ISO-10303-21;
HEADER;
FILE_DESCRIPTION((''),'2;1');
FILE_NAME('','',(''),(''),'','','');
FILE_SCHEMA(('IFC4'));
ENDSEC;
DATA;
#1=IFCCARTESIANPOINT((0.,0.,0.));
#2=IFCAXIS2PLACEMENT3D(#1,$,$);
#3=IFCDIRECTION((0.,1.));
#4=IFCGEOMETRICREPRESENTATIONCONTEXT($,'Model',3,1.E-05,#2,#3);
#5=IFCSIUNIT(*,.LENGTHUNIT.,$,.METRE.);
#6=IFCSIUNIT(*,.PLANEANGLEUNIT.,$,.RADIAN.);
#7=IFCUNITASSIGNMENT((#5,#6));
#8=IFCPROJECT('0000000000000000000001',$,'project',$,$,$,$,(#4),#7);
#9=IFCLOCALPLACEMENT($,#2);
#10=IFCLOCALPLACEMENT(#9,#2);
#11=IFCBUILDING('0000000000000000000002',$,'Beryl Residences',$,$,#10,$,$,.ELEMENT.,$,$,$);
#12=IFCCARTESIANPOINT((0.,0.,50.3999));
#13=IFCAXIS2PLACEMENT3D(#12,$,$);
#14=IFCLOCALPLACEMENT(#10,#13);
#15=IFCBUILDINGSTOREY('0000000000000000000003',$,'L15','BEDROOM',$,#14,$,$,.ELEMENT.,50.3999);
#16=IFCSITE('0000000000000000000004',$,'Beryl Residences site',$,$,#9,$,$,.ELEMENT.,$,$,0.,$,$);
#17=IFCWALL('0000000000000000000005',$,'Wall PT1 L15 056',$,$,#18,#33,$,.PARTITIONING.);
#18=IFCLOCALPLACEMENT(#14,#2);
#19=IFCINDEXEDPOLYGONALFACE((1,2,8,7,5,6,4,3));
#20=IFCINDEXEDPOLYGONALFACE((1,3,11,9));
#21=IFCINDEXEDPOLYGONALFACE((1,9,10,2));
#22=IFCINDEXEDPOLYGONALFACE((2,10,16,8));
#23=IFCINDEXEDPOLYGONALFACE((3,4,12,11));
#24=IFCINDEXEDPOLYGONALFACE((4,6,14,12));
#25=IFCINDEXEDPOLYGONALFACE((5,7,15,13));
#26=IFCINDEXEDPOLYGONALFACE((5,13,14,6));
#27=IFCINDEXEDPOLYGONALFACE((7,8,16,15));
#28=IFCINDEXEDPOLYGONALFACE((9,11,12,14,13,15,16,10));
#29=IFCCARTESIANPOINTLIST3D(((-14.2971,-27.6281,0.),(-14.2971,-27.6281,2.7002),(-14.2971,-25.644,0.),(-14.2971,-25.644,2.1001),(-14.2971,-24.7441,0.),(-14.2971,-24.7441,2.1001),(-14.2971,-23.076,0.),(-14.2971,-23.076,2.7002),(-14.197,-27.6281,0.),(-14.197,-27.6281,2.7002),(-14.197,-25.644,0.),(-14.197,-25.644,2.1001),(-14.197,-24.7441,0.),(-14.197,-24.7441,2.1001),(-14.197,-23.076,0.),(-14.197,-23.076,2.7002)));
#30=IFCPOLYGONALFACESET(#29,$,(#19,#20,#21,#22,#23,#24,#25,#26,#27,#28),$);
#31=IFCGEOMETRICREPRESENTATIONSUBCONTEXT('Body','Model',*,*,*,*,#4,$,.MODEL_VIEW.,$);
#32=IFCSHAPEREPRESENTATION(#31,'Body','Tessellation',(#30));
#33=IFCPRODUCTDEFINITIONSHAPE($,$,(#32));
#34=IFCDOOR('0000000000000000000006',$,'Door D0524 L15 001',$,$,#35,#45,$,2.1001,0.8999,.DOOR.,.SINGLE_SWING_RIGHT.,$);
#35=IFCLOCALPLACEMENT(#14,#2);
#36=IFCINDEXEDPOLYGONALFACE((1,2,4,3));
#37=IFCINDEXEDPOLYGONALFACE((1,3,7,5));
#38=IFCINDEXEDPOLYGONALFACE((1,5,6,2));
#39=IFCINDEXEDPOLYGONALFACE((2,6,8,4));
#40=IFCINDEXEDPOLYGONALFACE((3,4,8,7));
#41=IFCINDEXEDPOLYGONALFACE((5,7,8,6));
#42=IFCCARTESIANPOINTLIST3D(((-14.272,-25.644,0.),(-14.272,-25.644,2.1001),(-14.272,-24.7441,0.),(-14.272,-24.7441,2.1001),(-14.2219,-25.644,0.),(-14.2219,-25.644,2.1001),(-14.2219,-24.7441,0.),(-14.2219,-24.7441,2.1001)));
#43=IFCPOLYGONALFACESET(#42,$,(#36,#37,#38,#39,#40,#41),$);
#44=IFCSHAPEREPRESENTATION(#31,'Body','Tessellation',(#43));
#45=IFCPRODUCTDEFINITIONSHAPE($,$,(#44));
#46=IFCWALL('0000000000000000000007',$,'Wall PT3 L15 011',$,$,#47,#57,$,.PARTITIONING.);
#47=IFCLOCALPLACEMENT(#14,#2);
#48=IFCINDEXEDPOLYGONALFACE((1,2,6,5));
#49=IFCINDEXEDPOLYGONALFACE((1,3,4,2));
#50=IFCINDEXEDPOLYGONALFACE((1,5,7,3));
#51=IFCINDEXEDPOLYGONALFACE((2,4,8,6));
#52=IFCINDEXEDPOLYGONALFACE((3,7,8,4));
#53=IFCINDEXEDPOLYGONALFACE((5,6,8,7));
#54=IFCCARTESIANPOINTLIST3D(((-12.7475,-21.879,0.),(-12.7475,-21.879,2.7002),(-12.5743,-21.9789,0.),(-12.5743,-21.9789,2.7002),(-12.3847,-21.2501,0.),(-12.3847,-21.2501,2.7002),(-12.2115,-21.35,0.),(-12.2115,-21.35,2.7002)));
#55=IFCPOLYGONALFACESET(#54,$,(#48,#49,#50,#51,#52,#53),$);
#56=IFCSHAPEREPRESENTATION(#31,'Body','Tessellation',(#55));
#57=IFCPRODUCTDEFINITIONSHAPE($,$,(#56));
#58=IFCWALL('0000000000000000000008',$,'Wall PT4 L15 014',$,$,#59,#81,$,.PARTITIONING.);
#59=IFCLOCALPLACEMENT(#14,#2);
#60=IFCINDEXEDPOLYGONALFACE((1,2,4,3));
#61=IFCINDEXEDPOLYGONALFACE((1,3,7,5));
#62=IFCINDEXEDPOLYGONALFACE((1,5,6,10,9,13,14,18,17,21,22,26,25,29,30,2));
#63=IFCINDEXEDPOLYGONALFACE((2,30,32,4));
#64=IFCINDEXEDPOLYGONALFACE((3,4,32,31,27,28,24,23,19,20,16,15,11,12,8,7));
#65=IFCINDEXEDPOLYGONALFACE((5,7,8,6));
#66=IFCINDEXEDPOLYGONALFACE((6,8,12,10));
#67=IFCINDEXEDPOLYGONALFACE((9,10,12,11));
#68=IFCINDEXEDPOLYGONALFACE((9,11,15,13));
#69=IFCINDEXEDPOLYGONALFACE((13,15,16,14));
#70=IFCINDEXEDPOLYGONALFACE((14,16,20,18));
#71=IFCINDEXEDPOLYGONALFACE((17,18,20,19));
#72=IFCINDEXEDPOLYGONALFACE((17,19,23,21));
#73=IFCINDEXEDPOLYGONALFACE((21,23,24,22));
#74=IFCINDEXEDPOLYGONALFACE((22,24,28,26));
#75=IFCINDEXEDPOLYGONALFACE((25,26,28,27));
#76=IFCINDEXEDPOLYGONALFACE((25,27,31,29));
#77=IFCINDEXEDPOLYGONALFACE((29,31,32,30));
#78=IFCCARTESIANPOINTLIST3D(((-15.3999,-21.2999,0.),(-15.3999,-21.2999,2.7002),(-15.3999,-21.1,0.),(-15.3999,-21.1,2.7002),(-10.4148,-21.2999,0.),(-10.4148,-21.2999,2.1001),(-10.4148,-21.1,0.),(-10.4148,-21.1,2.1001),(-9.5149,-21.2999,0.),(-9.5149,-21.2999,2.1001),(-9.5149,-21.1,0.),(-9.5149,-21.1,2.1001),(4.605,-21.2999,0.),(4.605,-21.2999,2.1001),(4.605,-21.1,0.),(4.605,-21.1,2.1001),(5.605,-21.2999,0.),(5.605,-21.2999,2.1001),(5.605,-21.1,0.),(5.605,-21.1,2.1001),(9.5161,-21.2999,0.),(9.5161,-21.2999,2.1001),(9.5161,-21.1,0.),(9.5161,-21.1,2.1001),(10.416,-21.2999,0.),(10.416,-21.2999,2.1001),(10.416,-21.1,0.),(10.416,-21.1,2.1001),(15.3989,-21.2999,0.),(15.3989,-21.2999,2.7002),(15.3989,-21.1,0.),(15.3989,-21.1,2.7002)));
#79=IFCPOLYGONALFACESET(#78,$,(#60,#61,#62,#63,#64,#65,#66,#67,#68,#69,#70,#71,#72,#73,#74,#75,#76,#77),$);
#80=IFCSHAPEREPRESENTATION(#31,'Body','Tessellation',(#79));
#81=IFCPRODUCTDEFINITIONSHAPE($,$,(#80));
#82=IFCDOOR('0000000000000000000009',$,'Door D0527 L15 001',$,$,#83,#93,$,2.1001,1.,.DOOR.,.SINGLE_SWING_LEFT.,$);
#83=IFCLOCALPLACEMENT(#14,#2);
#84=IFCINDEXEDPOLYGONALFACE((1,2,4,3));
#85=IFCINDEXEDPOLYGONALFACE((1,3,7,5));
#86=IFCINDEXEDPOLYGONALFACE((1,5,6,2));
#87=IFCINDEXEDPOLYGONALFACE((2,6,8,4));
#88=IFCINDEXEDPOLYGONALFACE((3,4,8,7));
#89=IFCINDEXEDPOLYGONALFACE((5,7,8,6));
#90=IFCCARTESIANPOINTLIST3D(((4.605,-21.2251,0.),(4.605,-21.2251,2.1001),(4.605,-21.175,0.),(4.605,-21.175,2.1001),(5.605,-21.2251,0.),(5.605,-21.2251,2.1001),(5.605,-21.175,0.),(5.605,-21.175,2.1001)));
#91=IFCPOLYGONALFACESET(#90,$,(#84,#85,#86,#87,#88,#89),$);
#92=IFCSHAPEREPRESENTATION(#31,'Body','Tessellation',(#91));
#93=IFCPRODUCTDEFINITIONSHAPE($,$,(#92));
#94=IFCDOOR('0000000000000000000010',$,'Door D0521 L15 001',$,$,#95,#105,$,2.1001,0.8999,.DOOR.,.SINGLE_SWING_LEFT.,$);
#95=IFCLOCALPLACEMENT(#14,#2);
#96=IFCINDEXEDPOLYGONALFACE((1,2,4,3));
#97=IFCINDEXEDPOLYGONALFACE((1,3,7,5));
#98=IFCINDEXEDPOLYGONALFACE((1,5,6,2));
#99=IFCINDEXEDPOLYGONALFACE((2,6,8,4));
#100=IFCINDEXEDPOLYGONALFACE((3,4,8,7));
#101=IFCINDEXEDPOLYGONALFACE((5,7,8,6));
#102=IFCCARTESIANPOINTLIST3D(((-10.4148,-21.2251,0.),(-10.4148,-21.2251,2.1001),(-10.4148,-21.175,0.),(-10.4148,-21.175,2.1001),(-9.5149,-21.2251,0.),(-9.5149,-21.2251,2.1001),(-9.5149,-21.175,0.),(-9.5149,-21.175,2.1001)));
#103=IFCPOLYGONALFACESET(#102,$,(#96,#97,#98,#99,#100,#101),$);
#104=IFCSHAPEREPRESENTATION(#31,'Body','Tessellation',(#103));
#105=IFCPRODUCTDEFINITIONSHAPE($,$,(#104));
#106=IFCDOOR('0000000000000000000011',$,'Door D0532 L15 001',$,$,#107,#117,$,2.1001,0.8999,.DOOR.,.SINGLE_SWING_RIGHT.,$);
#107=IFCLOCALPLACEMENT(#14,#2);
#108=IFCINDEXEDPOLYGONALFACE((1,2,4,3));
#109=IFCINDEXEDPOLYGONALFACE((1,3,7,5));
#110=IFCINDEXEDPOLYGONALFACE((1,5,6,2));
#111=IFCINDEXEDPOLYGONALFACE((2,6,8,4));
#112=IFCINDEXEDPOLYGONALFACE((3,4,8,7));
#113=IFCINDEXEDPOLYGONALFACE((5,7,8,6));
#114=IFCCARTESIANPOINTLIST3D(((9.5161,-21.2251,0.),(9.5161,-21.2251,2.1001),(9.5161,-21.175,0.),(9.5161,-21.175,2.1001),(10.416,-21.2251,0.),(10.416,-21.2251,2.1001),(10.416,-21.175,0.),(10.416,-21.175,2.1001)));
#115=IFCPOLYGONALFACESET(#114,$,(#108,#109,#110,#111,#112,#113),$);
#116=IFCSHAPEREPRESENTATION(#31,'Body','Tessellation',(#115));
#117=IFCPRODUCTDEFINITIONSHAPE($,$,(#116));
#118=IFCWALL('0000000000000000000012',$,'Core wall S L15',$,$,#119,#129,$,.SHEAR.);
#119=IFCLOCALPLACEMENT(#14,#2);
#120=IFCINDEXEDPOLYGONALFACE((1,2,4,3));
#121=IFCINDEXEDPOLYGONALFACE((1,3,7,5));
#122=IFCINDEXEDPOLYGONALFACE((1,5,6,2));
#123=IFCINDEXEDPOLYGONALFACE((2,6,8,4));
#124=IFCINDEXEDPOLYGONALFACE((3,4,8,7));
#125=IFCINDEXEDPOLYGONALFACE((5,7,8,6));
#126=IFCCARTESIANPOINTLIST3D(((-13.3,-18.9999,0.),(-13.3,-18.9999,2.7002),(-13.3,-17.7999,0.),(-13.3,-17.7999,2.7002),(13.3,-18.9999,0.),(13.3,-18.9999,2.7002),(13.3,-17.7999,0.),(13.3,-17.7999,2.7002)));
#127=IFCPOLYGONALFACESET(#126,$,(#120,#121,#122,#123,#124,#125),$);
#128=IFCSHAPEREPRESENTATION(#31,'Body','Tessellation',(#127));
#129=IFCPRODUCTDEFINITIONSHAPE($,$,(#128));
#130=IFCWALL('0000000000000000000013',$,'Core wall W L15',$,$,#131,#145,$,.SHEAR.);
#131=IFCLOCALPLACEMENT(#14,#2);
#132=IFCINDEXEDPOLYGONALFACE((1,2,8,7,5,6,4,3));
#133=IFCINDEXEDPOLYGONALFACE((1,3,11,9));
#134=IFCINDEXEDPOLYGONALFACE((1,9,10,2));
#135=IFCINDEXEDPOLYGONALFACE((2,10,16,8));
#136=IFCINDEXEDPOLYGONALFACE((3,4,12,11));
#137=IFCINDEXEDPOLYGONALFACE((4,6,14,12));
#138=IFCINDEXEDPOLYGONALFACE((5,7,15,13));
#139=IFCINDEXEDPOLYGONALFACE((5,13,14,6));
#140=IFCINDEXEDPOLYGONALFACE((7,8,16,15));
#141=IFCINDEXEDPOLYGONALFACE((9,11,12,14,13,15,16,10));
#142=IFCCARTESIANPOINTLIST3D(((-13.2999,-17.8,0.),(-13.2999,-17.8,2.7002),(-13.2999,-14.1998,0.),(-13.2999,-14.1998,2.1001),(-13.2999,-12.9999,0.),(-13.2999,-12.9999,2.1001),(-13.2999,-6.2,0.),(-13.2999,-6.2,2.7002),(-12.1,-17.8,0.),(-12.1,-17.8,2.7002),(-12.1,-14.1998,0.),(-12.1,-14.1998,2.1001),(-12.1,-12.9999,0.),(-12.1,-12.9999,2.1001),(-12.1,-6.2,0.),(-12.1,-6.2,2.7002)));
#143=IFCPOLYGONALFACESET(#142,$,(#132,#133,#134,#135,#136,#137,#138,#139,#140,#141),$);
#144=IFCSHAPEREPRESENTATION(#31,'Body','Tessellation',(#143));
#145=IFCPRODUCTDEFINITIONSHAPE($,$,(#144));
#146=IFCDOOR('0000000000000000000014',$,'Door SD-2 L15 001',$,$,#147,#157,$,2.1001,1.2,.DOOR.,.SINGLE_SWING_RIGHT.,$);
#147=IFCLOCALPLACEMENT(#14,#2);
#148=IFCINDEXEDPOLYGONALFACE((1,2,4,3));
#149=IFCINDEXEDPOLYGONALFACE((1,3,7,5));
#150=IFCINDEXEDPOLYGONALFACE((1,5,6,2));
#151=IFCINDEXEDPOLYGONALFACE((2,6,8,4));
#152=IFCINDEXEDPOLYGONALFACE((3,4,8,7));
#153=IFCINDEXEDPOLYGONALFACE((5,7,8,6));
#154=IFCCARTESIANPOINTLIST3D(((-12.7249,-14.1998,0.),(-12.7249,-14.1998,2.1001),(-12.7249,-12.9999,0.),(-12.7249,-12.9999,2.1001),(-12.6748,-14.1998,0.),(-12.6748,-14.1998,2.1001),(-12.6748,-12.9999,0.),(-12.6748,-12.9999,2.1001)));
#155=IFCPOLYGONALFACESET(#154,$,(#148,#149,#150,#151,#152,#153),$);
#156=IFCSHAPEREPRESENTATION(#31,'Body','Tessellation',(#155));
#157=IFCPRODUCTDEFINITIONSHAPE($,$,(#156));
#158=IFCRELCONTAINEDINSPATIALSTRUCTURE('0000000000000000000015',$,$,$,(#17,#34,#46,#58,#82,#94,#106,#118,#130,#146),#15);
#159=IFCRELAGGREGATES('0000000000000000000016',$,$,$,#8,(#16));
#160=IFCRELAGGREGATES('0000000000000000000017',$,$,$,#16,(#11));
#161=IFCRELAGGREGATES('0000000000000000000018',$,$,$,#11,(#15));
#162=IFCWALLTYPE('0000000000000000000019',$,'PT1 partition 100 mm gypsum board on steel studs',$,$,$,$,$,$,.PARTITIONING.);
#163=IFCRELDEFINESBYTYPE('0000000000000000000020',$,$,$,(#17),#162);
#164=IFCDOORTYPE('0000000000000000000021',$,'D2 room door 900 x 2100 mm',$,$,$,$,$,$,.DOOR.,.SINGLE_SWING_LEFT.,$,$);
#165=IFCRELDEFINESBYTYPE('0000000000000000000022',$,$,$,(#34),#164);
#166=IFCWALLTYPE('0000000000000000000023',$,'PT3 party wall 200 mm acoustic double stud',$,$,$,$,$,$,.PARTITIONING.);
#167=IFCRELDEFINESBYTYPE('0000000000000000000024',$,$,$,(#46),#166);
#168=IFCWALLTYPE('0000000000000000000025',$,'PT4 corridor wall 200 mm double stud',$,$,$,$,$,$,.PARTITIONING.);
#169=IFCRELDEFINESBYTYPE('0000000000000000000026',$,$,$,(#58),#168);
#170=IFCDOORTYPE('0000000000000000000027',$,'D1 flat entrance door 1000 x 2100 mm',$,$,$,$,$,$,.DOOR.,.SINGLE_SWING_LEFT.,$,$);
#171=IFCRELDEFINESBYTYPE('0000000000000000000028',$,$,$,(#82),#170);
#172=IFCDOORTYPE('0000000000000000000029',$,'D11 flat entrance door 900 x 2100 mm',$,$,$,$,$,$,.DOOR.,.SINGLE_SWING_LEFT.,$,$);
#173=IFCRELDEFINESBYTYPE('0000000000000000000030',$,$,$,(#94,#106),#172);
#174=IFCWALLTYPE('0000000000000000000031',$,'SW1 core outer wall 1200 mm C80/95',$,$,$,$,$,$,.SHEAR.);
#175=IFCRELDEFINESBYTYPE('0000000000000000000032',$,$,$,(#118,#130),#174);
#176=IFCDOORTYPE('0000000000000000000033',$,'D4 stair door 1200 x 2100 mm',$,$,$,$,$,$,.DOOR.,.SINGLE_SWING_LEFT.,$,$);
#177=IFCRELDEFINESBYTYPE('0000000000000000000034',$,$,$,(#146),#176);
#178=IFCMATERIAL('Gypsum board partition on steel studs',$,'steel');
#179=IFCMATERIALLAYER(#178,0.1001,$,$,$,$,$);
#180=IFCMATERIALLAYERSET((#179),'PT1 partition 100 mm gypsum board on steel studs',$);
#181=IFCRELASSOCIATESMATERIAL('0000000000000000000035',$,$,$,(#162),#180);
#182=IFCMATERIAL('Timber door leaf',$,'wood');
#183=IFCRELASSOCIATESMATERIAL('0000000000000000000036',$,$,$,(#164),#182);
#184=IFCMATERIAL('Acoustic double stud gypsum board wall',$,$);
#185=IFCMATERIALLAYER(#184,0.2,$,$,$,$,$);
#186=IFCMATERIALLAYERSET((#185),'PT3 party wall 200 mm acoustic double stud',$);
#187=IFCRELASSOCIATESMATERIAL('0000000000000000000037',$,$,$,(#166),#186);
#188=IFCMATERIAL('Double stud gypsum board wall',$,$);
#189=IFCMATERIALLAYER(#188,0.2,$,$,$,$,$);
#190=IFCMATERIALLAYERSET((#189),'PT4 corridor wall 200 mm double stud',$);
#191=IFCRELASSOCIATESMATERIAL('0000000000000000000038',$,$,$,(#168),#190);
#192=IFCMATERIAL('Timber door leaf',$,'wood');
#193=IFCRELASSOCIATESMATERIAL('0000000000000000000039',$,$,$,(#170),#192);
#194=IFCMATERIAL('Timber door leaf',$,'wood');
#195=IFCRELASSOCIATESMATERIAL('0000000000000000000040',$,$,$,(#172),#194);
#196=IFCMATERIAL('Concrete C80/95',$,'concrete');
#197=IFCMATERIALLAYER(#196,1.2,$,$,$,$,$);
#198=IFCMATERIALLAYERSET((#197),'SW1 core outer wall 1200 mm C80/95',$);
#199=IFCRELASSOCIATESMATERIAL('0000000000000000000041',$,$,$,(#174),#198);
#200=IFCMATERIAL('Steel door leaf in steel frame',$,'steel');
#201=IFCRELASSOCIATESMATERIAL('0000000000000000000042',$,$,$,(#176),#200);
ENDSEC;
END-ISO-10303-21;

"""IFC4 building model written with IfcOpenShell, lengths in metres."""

from ifc_helpers import new_model, si_unit, direction, frame, frame_2d, origin, place, context, subcontext, project, spatial, rectangle, extrude, material, layer, layer_set, type_object, element, fill, save


model = new_model("IFC4")

# Units and contexts
model_context = context("Model", 3, precision=1e-05, world=origin(), true_north=direction((0.0, 1.0)))
body_context = subcontext(model_context, "Body", "Model", "MODEL_VIEW")
ifc_project = project(units=[si_unit("LENGTHUNIT", "METRE"), si_unit("PLANEANGLEUNIT", "RADIAN")], contexts=[model_context])

# Site, building, storey
site_placement = place(None, origin())
site = spatial("IfcSite", under=ifc_project, at=site_placement, Name="Beryl Residences site", CompositionType="ELEMENT", RefElevation=0.0)
building_placement = place(site_placement, origin())
building = spatial("IfcBuilding", under=site, at=building_placement, Name="Beryl Residences", CompositionType="ELEMENT")
storey_placement = place(building_placement, frame((0.0, 0.0, 50.3999)))
storey = spatial("IfcBuildingStorey", under=building, at=storey_placement, Name="L15", Description="BEDROOM", CompositionType="ELEMENT", Elevation=50.3999)

# Shared definitions
ifc_material_1 = material(Name="Gypsum board partition on steel studs", Category="steel")
ifc_layer_1 = layer(ifc_material_1, 0.1001)
ifc_layer_set_1 = layer_set([ifc_layer_1], Name="PT1 partition 100 mm gypsum board on steel studs")
wall_type_1 = type_object("IfcWallType", Name="PT1 partition 100 mm gypsum board on steel studs", PredefinedType="PARTITIONING", material=ifc_layer_set_1)

# Wall, opening, door
wall_1_placement = place(storey_placement, frame((-14.2471, -27.6279, 0.0), z_axis=(0.0, 0.0, 1.0), x_axis=(0.0, 1.0, 0.0)))
wall_1 = element("IfcWall", 1, at=wall_1_placement, inside=storey, type_object=wall_type_1, Name="Wall PT1 L15 056", PredefinedType="PARTITIONING", context=body_context, shape_type="SweptSolid", body=[
    extrude(rectangle(XDim=4.552, YDim=0.1001, at=frame_2d((2.2759, 0.0))), origin(), (0.0, 0.0, 1.0), 2.7002),
])
opening_1_placement = place(wall_1_placement, frame((1.9839, 0.0, 0.0)))
opening_1 = element("IfcOpeningElement", 2, at=opening_1_placement, cuts=wall_1, PredefinedType="OPENING", context=body_context, shape_type="SweptSolid", body=[
    extrude(rectangle(XDim=0.8999, YDim=2.1001, at=frame_2d((0.45, 1.05))), frame((0.0, 0.0601, 0.0), z_axis=(0.0, -1.0, 0.0), x_axis=(1.0, 0.0, 0.0)), (0.0, 0.0, 1.0), 0.1201),
])
ifc_material_2 = material(Name="Timber door leaf", Category="wood")
door_type_1 = type_object("IfcDoorType", Name="D2 room door 900 x 2100 mm", OperationType="SINGLE_SWING_LEFT", PredefinedType="DOOR", material=ifc_material_2)
door_1_placement = place(opening_1_placement, origin())
door_1 = element("IfcDoor", 3, at=door_1_placement, inside=storey, type_object=door_type_1, Name="Door D0524 L15 001", OperationType="SINGLE_SWING_RIGHT", OverallHeight=2.1001, OverallWidth=0.8999, PredefinedType="DOOR", context=body_context, shape_type="SweptSolid", body=[
    extrude(rectangle(XDim=0.8999, YDim=2.1001, at=frame_2d((0.45, 1.05))), frame((0.0, 0.0249, 0.0), z_axis=(0.0, -1.0, 0.0), x_axis=(1.0, 0.0, 0.0)), (0.0, 0.0, 1.0), 0.05),
])
fill(opening_1, door_1)

# Wall
ifc_material_3 = material(Name="Acoustic double stud gypsum board wall")
ifc_layer_2 = layer(ifc_material_3, 0.2)
ifc_layer_set_2 = layer_set([ifc_layer_2], Name="PT3 party wall 200 mm acoustic double stud")
wall_type_2 = type_object("IfcWallType", Name="PT3 party wall 200 mm acoustic double stud", PredefinedType="PARTITIONING", material=ifc_layer_set_2)
wall_2_placement = place(storey_placement, frame((-12.6609, -21.929, 0.0), z_axis=(0.0, 0.0, 1.0), x_axis=(0.499684, 0.866208, 0.0)))
element("IfcWall", 4, at=wall_2_placement, inside=storey, type_object=wall_type_2, Name="Wall PT3 L15 011", PredefinedType="PARTITIONING", context=body_context, shape_type="SweptSolid", body=[
    extrude(rectangle(XDim=0.7261, YDim=0.2, at=frame_2d((0.363, 0.0))), origin(), (0.0, 0.0, 1.0), 2.7002),
])

# Wall, openings, doors
ifc_material_4 = material(Name="Double stud gypsum board wall")
ifc_layer_3 = layer(ifc_material_4, 0.2)
ifc_layer_set_3 = layer_set([ifc_layer_3], Name="PT4 corridor wall 200 mm double stud")
wall_type_3 = type_object("IfcWallType", Name="PT4 corridor wall 200 mm double stud", PredefinedType="PARTITIONING", material=ifc_layer_set_3)
wall_3_placement = place(storey_placement, frame((-15.3999, -21.2, 0.0), z_axis=(0.0, 0.0, 1.0), x_axis=(1.0, 0.0, 0.0)))
wall_3 = element("IfcWall", 5, at=wall_3_placement, inside=storey, type_object=wall_type_3, Name="Wall PT4 L15 014", PredefinedType="PARTITIONING", context=body_context, shape_type="SweptSolid", body=[
    extrude(rectangle(XDim=30.7988, YDim=0.2, at=frame_2d((15.3994, 0.0))), origin(), (0.0, 0.0, 1.0), 2.7002),
])
opening_2_placement = place(wall_3_placement, frame((4.9851, 0.0, 0.0)))
opening_2 = element("IfcOpeningElement", 6, at=opening_2_placement, cuts=wall_3, PredefinedType="OPENING", context=body_context, shape_type="SweptSolid", body=[
    extrude(rectangle(XDim=0.8999, YDim=2.1001, at=frame_2d((0.45, 1.05))), frame((0.0, 0.1099, 0.0), z_axis=(0.0, -1.0, 0.0), x_axis=(1.0, 0.0, 0.0)), (0.0, 0.0, 1.0), 0.22),
])
opening_3_placement = place(wall_3_placement, frame((20.0049, 0.0, 0.0)))
opening_3 = element("IfcOpeningElement", 7, at=opening_3_placement, cuts=wall_3, PredefinedType="OPENING", context=body_context, shape_type="SweptSolid", body=[
    extrude(rectangle(XDim=1.0, YDim=2.1001, at=frame_2d((0.5, 1.05))), frame((0.0, 0.1099, 0.0), z_axis=(0.0, -1.0, 0.0), x_axis=(1.0, 0.0, 0.0)), (0.0, 0.0, 1.0), 0.22),
])
opening_4_placement = place(wall_3_placement, frame((24.916, 0.0, 0.0)))
opening_4 = element("IfcOpeningElement", 8, at=opening_4_placement, cuts=wall_3, PredefinedType="OPENING", context=body_context, shape_type="SweptSolid", body=[
    extrude(rectangle(XDim=0.8999, YDim=2.1001, at=frame_2d((0.45, 1.05))), frame((0.0, 0.1099, 0.0), z_axis=(0.0, -1.0, 0.0), x_axis=(1.0, 0.0, 0.0)), (0.0, 0.0, 1.0), 0.22),
])
ifc_material_5 = material(Name="Timber door leaf", Category="wood")
door_type_2 = type_object("IfcDoorType", Name="D1 flat entrance door 1000 x 2100 mm", OperationType="SINGLE_SWING_LEFT", PredefinedType="DOOR", material=ifc_material_5)
door_2_placement = place(opening_3_placement, origin())
door_2 = element("IfcDoor", 9, at=door_2_placement, inside=storey, type_object=door_type_2, Name="Door D0527 L15 001", OperationType="SINGLE_SWING_LEFT", OverallHeight=2.1001, OverallWidth=1.0, PredefinedType="DOOR", context=body_context, shape_type="SweptSolid", body=[
    extrude(rectangle(XDim=1.0, YDim=2.1001, at=frame_2d((0.5, 1.05))), frame((0.0, 0.0249, 0.0), z_axis=(0.0, -1.0, 0.0), x_axis=(1.0, 0.0, 0.0)), (0.0, 0.0, 1.0), 0.05),
])
fill(opening_3, door_2)
ifc_material_6 = material(Name="Timber door leaf", Category="wood")
door_type_3 = type_object("IfcDoorType", Name="D11 flat entrance door 900 x 2100 mm", OperationType="SINGLE_SWING_LEFT", PredefinedType="DOOR", material=ifc_material_6)
door_3_placement = place(opening_2_placement, origin())
door_3 = element("IfcDoor", 10, at=door_3_placement, inside=storey, type_object=door_type_3, Name="Door D0521 L15 001", OperationType="SINGLE_SWING_LEFT", OverallHeight=2.1001, OverallWidth=0.8999, PredefinedType="DOOR", context=body_context, shape_type="SweptSolid", body=[
    extrude(rectangle(XDim=0.8999, YDim=2.1001, at=frame_2d((0.45, 1.05))), frame((0.0, 0.0249, 0.0), z_axis=(0.0, -1.0, 0.0), x_axis=(1.0, 0.0, 0.0)), (0.0, 0.0, 1.0), 0.05),
])
fill(opening_2, door_3)
door_4_placement = place(opening_4_placement, origin())
door_4 = element("IfcDoor", 11, at=door_4_placement, inside=storey, type_object=door_type_3, Name="Door D0532 L15 001", OperationType="SINGLE_SWING_RIGHT", OverallHeight=2.1001, OverallWidth=0.8999, PredefinedType="DOOR", context=body_context, shape_type="SweptSolid", body=[
    extrude(rectangle(XDim=0.8999, YDim=2.1001, at=frame_2d((0.45, 1.05))), frame((0.0, 0.0249, 0.0), z_axis=(0.0, -1.0, 0.0), x_axis=(1.0, 0.0, 0.0)), (0.0, 0.0, 1.0), 0.05),
])
fill(opening_4, door_4)

# Wall
ifc_material_7 = material(Name="Concrete C80/95", Category="concrete")
ifc_layer_4 = layer(ifc_material_7, 1.2)
ifc_layer_set_4 = layer_set([ifc_layer_4], Name="SW1 core outer wall 1200 mm C80/95")
wall_type_4 = type_object("IfcWallType", Name="SW1 core outer wall 1200 mm C80/95", PredefinedType="SHEAR", material=ifc_layer_set_4)
wall_4_placement = place(storey_placement, frame((-13.3, -18.3999, 0.0), z_axis=(0.0, 0.0, 1.0), x_axis=(1.0, 0.0, 0.0)))
element("IfcWall", 12, at=wall_4_placement, inside=storey, type_object=wall_type_4, Name="Core wall S L15", PredefinedType="SHEAR", context=body_context, shape_type="SweptSolid", body=[
    extrude(rectangle(XDim=26.6001, YDim=1.2, at=frame_2d((13.3, 0.0))), origin(), (0.0, 0.0, 1.0), 2.7002),
])

# Wall, opening, door
wall_5_placement = place(storey_placement, frame((-12.7, -17.8, 0.0), z_axis=(0.0, 0.0, 1.0), x_axis=(0.0, 1.0, 0.0)))
wall_5 = element("IfcWall", 13, at=wall_5_placement, inside=storey, type_object=wall_type_4, Name="Core wall W L15", PredefinedType="SHEAR", context=body_context, shape_type="SweptSolid", body=[
    extrude(rectangle(XDim=11.6001, YDim=1.2, at=frame_2d((5.8, 0.0))), origin(), (0.0, 0.0, 1.0), 2.7002),
])
opening_5_placement = place(wall_5_placement, frame((3.6001, 0.0, 0.0)))
opening_5 = element("IfcOpeningElement", 14, at=opening_5_placement, cuts=wall_5, PredefinedType="OPENING", context=body_context, shape_type="SweptSolid", body=[
    extrude(rectangle(XDim=1.2, YDim=2.1001, at=frame_2d((0.6001, 1.05))), frame((0.0, 0.6099, 0.0), z_axis=(0.0, -1.0, 0.0), x_axis=(1.0, 0.0, 0.0)), (0.0, 0.0, 1.0), 1.22),
])
ifc_material_8 = material(Name="Steel door leaf in steel frame", Category="steel")
door_type_4 = type_object("IfcDoorType", Name="D4 stair door 1200 x 2100 mm", OperationType="SINGLE_SWING_LEFT", PredefinedType="DOOR", material=ifc_material_8)
door_5_placement = place(opening_5_placement, origin())
door_5 = element("IfcDoor", 15, at=door_5_placement, inside=storey, type_object=door_type_4, Name="Door SD-2 L15 001", OperationType="SINGLE_SWING_RIGHT", OverallHeight=2.1001, OverallWidth=1.2, PredefinedType="DOOR", context=body_context, shape_type="SweptSolid", body=[
    extrude(rectangle(XDim=1.2, YDim=2.1001, at=frame_2d((0.6001, 1.05))), frame((0.0, 0.0249, 0.0), z_axis=(0.0, -1.0, 0.0), x_axis=(1.0, 0.0, 0.0)), (0.0, 0.0, 1.0), 0.05),
])
fill(opening_5, door_5)

save(model, "model.ifc")
